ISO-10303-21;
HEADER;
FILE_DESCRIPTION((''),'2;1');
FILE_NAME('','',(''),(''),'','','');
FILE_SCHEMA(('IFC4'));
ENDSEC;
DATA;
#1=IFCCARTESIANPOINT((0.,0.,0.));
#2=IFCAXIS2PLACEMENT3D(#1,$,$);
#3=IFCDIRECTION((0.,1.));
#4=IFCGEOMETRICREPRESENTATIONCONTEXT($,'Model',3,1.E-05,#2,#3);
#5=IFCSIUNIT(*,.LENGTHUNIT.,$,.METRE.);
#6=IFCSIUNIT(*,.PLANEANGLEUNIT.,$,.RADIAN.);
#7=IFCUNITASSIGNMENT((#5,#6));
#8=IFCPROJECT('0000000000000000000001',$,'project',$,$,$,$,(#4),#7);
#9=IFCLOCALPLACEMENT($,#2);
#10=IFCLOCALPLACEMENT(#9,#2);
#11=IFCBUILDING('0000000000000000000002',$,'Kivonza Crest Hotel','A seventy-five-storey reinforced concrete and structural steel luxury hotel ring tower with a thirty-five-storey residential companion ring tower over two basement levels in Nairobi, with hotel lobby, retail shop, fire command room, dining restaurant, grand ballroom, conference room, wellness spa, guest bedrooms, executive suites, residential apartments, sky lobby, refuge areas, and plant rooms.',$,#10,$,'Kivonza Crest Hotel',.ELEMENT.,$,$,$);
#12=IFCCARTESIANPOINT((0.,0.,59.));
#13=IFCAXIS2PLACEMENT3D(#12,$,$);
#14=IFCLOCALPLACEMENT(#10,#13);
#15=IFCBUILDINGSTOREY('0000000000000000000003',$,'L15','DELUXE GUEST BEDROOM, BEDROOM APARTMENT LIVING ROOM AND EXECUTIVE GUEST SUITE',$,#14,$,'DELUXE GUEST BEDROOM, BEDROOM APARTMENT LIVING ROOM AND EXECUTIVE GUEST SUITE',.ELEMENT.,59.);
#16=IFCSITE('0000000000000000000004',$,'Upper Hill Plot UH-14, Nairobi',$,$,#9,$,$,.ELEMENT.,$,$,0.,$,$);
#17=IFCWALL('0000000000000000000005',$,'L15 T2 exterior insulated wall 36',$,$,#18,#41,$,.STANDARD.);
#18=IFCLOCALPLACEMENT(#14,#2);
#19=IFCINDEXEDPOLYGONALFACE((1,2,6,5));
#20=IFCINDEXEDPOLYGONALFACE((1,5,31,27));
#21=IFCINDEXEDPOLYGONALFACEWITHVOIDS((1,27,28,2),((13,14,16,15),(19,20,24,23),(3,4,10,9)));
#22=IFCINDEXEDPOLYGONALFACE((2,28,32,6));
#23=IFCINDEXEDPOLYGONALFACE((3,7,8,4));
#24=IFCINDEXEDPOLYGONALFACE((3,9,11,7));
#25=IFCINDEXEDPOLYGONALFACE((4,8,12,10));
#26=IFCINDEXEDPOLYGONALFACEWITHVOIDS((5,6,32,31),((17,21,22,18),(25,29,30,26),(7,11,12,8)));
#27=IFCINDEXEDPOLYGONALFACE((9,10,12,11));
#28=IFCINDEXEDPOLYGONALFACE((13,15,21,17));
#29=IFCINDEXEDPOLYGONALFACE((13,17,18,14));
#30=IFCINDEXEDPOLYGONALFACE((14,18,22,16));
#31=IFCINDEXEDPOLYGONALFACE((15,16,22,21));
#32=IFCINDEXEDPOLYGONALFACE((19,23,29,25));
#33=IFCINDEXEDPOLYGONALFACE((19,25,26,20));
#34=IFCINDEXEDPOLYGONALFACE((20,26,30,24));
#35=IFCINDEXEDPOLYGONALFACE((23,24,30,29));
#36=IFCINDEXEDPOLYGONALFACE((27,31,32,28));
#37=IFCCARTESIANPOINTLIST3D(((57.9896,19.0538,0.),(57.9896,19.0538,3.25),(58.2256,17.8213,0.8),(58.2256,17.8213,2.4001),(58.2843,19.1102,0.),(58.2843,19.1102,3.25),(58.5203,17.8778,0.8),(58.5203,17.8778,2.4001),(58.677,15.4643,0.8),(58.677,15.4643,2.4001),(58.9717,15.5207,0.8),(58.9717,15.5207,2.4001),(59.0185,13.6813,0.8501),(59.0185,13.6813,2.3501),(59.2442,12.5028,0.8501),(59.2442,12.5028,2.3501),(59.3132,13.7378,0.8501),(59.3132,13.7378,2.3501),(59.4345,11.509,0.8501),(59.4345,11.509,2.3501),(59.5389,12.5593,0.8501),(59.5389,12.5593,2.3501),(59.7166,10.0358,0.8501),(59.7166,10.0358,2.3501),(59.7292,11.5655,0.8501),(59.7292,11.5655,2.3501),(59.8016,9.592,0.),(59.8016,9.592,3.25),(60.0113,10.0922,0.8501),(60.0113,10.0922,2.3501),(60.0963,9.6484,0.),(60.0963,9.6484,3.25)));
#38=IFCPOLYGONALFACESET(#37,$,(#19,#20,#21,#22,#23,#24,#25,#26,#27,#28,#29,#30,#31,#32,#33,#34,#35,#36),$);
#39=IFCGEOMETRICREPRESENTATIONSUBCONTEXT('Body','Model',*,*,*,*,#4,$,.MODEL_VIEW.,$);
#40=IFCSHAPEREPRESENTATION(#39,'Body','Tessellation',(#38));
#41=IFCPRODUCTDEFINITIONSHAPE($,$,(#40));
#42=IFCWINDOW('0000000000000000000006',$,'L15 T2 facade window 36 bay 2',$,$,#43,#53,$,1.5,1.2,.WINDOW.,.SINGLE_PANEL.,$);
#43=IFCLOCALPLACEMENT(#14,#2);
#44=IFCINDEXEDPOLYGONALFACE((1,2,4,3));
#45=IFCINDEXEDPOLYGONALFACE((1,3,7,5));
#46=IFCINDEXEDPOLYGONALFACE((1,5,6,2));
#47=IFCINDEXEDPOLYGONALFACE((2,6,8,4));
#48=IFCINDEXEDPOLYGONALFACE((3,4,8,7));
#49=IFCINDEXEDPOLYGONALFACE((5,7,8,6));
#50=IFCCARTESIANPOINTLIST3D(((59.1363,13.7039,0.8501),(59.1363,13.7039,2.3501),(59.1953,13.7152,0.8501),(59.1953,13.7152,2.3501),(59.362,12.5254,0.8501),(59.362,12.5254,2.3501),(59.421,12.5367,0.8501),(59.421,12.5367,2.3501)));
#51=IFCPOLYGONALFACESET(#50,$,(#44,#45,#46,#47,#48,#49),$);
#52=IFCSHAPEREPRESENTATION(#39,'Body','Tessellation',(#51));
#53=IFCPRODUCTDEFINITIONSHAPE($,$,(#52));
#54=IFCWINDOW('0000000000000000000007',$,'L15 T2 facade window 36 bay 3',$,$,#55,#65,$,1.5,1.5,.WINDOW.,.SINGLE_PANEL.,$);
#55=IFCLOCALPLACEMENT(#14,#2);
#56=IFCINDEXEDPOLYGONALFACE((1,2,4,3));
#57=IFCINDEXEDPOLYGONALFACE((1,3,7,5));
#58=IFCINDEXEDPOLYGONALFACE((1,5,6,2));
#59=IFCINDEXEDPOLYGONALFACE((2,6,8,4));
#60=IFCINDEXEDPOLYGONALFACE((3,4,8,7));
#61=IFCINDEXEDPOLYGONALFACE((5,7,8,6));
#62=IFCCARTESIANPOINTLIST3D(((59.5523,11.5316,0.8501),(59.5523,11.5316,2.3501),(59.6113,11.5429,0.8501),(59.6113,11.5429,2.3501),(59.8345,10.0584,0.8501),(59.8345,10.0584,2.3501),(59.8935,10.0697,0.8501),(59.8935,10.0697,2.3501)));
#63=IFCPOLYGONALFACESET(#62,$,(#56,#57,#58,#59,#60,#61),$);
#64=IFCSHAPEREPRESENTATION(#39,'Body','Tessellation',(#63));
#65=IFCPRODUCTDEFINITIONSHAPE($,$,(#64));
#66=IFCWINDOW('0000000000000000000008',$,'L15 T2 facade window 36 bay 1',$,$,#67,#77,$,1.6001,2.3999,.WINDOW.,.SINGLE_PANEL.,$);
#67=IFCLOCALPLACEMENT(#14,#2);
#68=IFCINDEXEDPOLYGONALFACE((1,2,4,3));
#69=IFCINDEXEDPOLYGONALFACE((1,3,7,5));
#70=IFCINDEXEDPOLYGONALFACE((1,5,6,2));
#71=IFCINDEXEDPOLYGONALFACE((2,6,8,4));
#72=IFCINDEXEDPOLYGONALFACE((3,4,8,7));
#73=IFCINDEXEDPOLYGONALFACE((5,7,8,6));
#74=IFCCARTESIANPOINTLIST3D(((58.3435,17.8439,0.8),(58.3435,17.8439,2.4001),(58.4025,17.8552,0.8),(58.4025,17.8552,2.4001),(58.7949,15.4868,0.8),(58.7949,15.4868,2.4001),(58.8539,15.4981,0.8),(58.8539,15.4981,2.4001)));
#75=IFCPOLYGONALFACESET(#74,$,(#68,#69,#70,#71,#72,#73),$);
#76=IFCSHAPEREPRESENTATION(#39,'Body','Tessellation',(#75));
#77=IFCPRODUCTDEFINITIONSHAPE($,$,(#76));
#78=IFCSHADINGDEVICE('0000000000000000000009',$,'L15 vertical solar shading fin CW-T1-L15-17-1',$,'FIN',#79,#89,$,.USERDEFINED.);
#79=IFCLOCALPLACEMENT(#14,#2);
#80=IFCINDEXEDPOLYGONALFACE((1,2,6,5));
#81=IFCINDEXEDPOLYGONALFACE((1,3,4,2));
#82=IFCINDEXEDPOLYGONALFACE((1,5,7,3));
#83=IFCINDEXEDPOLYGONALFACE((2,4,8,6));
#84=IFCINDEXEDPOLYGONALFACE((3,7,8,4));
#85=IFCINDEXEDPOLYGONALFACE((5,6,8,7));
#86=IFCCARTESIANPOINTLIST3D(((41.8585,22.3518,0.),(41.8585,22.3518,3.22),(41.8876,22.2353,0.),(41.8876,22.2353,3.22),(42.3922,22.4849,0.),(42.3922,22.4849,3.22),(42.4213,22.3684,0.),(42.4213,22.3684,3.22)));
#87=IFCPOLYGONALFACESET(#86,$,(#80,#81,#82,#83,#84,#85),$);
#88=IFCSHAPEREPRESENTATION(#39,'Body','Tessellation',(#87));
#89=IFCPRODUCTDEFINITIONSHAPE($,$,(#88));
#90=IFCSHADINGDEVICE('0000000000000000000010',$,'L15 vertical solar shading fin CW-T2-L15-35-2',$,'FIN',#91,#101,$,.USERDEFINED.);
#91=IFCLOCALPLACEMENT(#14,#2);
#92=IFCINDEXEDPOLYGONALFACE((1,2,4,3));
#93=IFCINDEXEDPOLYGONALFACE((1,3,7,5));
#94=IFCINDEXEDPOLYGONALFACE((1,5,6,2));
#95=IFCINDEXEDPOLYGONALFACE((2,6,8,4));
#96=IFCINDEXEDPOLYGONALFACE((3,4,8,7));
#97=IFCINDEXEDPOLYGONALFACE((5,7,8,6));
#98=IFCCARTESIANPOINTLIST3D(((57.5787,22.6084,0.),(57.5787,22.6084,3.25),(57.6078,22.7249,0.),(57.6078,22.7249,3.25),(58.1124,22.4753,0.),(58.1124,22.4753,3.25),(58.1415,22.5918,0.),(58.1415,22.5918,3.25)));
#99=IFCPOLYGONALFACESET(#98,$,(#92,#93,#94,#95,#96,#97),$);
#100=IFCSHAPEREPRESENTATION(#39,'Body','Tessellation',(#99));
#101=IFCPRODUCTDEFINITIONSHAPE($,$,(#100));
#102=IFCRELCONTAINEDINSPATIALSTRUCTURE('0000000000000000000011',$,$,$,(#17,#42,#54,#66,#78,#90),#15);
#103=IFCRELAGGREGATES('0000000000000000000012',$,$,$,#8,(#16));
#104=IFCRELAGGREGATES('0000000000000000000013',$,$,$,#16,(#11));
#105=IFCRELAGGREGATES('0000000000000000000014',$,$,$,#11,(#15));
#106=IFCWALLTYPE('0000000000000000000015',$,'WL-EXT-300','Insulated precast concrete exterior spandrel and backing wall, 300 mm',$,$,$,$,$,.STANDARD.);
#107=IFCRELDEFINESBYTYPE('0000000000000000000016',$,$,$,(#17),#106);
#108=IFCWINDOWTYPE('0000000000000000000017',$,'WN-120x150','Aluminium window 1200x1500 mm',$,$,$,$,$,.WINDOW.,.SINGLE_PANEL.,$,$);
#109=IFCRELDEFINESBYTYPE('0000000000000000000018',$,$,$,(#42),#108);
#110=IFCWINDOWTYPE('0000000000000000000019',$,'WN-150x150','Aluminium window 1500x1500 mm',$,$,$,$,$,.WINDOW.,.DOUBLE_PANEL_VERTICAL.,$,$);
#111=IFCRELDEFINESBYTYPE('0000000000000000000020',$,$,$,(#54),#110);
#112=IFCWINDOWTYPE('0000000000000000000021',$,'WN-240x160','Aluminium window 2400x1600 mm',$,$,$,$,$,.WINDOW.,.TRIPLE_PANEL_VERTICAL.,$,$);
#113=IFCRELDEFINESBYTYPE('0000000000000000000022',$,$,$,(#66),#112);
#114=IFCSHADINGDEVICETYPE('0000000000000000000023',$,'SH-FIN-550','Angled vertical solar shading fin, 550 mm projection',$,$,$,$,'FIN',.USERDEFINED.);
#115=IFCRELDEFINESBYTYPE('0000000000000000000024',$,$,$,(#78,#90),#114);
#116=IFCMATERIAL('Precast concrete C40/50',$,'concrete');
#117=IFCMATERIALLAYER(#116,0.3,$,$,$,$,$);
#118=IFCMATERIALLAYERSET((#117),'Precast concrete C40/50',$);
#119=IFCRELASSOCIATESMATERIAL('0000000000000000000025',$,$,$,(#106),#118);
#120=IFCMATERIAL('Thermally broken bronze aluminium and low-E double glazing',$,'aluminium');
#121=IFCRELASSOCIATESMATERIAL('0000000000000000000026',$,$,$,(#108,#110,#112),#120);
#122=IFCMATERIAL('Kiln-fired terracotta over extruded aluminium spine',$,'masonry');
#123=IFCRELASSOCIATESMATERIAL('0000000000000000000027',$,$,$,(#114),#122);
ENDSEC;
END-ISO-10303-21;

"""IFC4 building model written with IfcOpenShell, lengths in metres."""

from ifc_helpers import new_model, si_unit, direction, frame, frame_2d, origin, origin_2d, place, context, subcontext, project, spatial, rectangle, extrude, material, layer, layer_set, type_object, element, fill, save


model = new_model("IFC4")

# Units and contexts
model_context = context("Model", 3, precision=1e-05, world=origin(), true_north=direction((0.0, 1.0)))
body_context = subcontext(model_context, "Body", "Model", "MODEL_VIEW")
ifc_project = project(units=[si_unit("LENGTHUNIT", "METRE"), si_unit("PLANEANGLEUNIT", "RADIAN")], contexts=[model_context])

# Site, building, storey
site_placement = place(None, origin())
site = spatial("IfcSite", under=ifc_project, at=site_placement, Name="Upper Hill Plot UH-14, Nairobi", CompositionType="ELEMENT", RefElevation=0.0)
building_placement = place(site_placement, origin())
building = spatial("IfcBuilding", under=site, at=building_placement, Name="Kivonza Crest Hotel", Description="A seventy-five-storey reinforced concrete and structural steel luxury hotel ring tower with a thirty-five-storey residential companion ring tower over two basement levels in Nairobi, with hotel lobby, retail shop, fire command room, dining restaurant, grand ballroom, conference room, wellness spa, guest bedrooms, executive suites, residential apartments, sky lobby, refuge areas, and plant rooms.", LongName="Kivonza Crest Hotel", CompositionType="ELEMENT")
storey_placement = place(building_placement, frame((0.0, 0.0, 59.0)))
storey = spatial("IfcBuildingStorey", under=building, at=storey_placement, Name="L15", Description="DELUXE GUEST BEDROOM, BEDROOM APARTMENT LIVING ROOM AND EXECUTIVE GUEST SUITE", LongName="DELUXE GUEST BEDROOM, BEDROOM APARTMENT LIVING ROOM AND EXECUTIVE GUEST SUITE", CompositionType="ELEMENT", Elevation=59.0)

# Shared definitions
ifc_material_1 = material(Name="Precast concrete C40/50", Category="concrete")
ifc_layer_1 = layer(ifc_material_1, 0.3)
ifc_layer_set_1 = layer_set([ifc_layer_1], Name="Precast concrete C40/50")
wall_type_1 = type_object("IfcWallType", Name="WL-EXT-300", Description="Insulated precast concrete exterior spandrel and backing wall, 300 mm", PredefinedType="STANDARD", material=ifc_layer_set_1)

# Wall, openings, windows
wall_1_placement = place(storey_placement, frame((58.137, 19.082, 0.0), z_axis=(0.0, 0.0, 1.0), x_axis=(0.188088, -0.982152, 0.0)))
wall_1 = element("IfcWall", 1, at=wall_1_placement, inside=storey, type_object=wall_type_1, Name="L15 T2 exterior insulated wall 36", PredefinedType="STANDARD", context=body_context, shape_type="SweptSolid", body=[
    extrude(rectangle(XDim=9.6338, YDim=0.3, at=frame_2d((4.8169, 0.0))), origin(), (0.0, 0.0, 1.0), 3.25),
])
opening_1_placement = place(wall_1_placement, frame((1.2549, 0.0, 0.8)))
opening_1 = element("IfcOpeningElement", 2, at=opening_1_placement, cuts=wall_1, PredefinedType="OPENING", context=body_context, shape_type="SweptSolid", body=[
    extrude(rectangle(XDim=2.3999, YDim=1.6001, at=frame_2d((1.2, 0.8))), frame((0.0, 0.1602, 0.0), z_axis=(0.0, -1.0, 0.0), x_axis=(1.0, 0.0, 0.0)), (0.0, 0.0, 1.0), 0.3201),
])
opening_2_placement = place(wall_1_placement, frame((5.47, 0.0, 0.8501)))
opening_2 = element("IfcOpeningElement", 3, at=opening_2_placement, cuts=wall_1, PredefinedType="OPENING", context=body_context, shape_type="SweptSolid", body=[
    extrude(rectangle(XDim=1.2, YDim=1.5, at=frame_2d((0.6001, 0.75))), frame((0.0, 0.1602, 0.0), z_axis=(0.0, -1.0, 0.0), x_axis=(1.0, 0.0, 0.0)), (0.0, 0.0, 1.0), 0.3201),
])
opening_3_placement = place(wall_1_placement, frame((7.6819, 0.0, 0.8501)))
opening_3 = element("IfcOpeningElement", 4, at=opening_3_placement, cuts=wall_1, PredefinedType="OPENING", context=body_context, shape_type="SweptSolid", body=[
    extrude(rectangle(XDim=1.5, YDim=1.5, at=frame_2d((0.75, 0.75))), frame((0.0, 0.1602, 0.0), z_axis=(0.0, -1.0, 0.0), x_axis=(1.0, 0.0, 0.0)), (0.0, 0.0, 1.0), 0.3201),
])
ifc_material_2 = material(Name="Thermally broken bronze aluminium and low-E double glazing", Category="aluminium")
window_type_1 = type_object("IfcWindowType", Name="WN-120x150", Description="Aluminium window 1200x1500 mm", PartitioningType="SINGLE_PANEL", PredefinedType="WINDOW", material=ifc_material_2)
window_1_placement = place(opening_2_placement, origin())
window_1 = element("IfcWindow", 5, at=window_1_placement, inside=storey, type_object=window_type_1, Name="L15 T2 facade window 36 bay 2", OverallHeight=1.5, OverallWidth=1.2, PartitioningType="SINGLE_PANEL", PredefinedType="WINDOW", context=body_context, shape_type="SweptSolid", body=[
    extrude(rectangle(XDim=1.2, YDim=1.5, at=frame_2d((0.6001, 0.75))), frame((0.0, 0.03, 0.0), z_axis=(0.0, -1.0, 0.0), x_axis=(1.0, 0.0, 0.0)), (0.0, 0.0, 1.0), 0.0601),
])
fill(opening_2, window_1)
window_type_2 = type_object("IfcWindowType", Name="WN-150x150", Description="Aluminium window 1500x1500 mm", PartitioningType="DOUBLE_PANEL_VERTICAL", PredefinedType="WINDOW", material=ifc_material_2)
window_2_placement = place(opening_3_placement, origin())
window_2 = element("IfcWindow", 6, at=window_2_placement, inside=storey, type_object=window_type_2, Name="L15 T2 facade window 36 bay 3", OverallHeight=1.5, OverallWidth=1.5, PartitioningType="SINGLE_PANEL", PredefinedType="WINDOW", context=body_context, shape_type="SweptSolid", body=[
    extrude(rectangle(XDim=1.5, YDim=1.5, at=frame_2d((0.75, 0.75))), frame((0.0, 0.03, 0.0), z_axis=(0.0, -1.0, 0.0), x_axis=(1.0, 0.0, 0.0)), (0.0, 0.0, 1.0), 0.0601),
])
fill(opening_3, window_2)
window_type_3 = type_object("IfcWindowType", Name="WN-240x160", Description="Aluminium window 2400x1600 mm", PartitioningType="TRIPLE_PANEL_VERTICAL", PredefinedType="WINDOW", material=ifc_material_2)
window_3_placement = place(opening_1_placement, origin())
window_3 = element("IfcWindow", 7, at=window_3_placement, inside=storey, type_object=window_type_3, Name="L15 T2 facade window 36 bay 1", OverallHeight=1.6001, OverallWidth=2.3999, PartitioningType="SINGLE_PANEL", PredefinedType="WINDOW", context=body_context, shape_type="SweptSolid", body=[
    extrude(rectangle(XDim=2.3999, YDim=1.6001, at=frame_2d((1.2, 0.8))), frame((0.0, 0.03, 0.0), z_axis=(0.0, -1.0, 0.0), x_axis=(1.0, 0.0, 0.0)), (0.0, 0.0, 1.0), 0.0601),
])
fill(opening_1, window_3)

# Shading devices
ifc_material_3 = material(Name="Kiln-fired terracotta over extruded aluminium spine", Category="masonry")
shading_device_type = type_object("IfcShadingDeviceType", Name="SH-FIN-550", Description="Angled vertical solar shading fin, 550 mm projection", ElementType="FIN", PredefinedType="USERDEFINED", material=ifc_material_3)
shading_device_1_placement = place(storey_placement, frame((42.1399, 22.3601, 0.0), z_axis=(0.0, 0.0, 1.0), x_axis=(-0.241922, 0.970296, 0.0)))
element("IfcShadingDevice", 8, at=shading_device_1_placement, inside=storey, type_object=shading_device_type, Name="L15 vertical solar shading fin CW-T1-L15-17-1", ObjectType="FIN", PredefinedType="USERDEFINED", context=body_context, shape_type="SweptSolid", body=[
    extrude(rectangle(XDim=0.1201, YDim=0.55, at=origin_2d()), origin(), (0.0, 0.0, 1.0), 3.22),
])
shading_device_2_placement = place(storey_placement, frame((57.8601, 22.6001, 0.0), z_axis=(0.0, 0.0, 1.0), x_axis=(-0.241922, -0.970296, 0.0)))
element("IfcShadingDevice", 9, at=shading_device_2_placement, inside=storey, type_object=shading_device_type, Name="L15 vertical solar shading fin CW-T2-L15-35-2", ObjectType="FIN", PredefinedType="USERDEFINED", context=body_context, shape_type="SweptSolid", body=[
    extrude(rectangle(XDim=0.1201, YDim=0.55, at=origin_2d()), origin(), (0.0, 0.0, 1.0), 3.25),
])

save(model, "model.ifc")
